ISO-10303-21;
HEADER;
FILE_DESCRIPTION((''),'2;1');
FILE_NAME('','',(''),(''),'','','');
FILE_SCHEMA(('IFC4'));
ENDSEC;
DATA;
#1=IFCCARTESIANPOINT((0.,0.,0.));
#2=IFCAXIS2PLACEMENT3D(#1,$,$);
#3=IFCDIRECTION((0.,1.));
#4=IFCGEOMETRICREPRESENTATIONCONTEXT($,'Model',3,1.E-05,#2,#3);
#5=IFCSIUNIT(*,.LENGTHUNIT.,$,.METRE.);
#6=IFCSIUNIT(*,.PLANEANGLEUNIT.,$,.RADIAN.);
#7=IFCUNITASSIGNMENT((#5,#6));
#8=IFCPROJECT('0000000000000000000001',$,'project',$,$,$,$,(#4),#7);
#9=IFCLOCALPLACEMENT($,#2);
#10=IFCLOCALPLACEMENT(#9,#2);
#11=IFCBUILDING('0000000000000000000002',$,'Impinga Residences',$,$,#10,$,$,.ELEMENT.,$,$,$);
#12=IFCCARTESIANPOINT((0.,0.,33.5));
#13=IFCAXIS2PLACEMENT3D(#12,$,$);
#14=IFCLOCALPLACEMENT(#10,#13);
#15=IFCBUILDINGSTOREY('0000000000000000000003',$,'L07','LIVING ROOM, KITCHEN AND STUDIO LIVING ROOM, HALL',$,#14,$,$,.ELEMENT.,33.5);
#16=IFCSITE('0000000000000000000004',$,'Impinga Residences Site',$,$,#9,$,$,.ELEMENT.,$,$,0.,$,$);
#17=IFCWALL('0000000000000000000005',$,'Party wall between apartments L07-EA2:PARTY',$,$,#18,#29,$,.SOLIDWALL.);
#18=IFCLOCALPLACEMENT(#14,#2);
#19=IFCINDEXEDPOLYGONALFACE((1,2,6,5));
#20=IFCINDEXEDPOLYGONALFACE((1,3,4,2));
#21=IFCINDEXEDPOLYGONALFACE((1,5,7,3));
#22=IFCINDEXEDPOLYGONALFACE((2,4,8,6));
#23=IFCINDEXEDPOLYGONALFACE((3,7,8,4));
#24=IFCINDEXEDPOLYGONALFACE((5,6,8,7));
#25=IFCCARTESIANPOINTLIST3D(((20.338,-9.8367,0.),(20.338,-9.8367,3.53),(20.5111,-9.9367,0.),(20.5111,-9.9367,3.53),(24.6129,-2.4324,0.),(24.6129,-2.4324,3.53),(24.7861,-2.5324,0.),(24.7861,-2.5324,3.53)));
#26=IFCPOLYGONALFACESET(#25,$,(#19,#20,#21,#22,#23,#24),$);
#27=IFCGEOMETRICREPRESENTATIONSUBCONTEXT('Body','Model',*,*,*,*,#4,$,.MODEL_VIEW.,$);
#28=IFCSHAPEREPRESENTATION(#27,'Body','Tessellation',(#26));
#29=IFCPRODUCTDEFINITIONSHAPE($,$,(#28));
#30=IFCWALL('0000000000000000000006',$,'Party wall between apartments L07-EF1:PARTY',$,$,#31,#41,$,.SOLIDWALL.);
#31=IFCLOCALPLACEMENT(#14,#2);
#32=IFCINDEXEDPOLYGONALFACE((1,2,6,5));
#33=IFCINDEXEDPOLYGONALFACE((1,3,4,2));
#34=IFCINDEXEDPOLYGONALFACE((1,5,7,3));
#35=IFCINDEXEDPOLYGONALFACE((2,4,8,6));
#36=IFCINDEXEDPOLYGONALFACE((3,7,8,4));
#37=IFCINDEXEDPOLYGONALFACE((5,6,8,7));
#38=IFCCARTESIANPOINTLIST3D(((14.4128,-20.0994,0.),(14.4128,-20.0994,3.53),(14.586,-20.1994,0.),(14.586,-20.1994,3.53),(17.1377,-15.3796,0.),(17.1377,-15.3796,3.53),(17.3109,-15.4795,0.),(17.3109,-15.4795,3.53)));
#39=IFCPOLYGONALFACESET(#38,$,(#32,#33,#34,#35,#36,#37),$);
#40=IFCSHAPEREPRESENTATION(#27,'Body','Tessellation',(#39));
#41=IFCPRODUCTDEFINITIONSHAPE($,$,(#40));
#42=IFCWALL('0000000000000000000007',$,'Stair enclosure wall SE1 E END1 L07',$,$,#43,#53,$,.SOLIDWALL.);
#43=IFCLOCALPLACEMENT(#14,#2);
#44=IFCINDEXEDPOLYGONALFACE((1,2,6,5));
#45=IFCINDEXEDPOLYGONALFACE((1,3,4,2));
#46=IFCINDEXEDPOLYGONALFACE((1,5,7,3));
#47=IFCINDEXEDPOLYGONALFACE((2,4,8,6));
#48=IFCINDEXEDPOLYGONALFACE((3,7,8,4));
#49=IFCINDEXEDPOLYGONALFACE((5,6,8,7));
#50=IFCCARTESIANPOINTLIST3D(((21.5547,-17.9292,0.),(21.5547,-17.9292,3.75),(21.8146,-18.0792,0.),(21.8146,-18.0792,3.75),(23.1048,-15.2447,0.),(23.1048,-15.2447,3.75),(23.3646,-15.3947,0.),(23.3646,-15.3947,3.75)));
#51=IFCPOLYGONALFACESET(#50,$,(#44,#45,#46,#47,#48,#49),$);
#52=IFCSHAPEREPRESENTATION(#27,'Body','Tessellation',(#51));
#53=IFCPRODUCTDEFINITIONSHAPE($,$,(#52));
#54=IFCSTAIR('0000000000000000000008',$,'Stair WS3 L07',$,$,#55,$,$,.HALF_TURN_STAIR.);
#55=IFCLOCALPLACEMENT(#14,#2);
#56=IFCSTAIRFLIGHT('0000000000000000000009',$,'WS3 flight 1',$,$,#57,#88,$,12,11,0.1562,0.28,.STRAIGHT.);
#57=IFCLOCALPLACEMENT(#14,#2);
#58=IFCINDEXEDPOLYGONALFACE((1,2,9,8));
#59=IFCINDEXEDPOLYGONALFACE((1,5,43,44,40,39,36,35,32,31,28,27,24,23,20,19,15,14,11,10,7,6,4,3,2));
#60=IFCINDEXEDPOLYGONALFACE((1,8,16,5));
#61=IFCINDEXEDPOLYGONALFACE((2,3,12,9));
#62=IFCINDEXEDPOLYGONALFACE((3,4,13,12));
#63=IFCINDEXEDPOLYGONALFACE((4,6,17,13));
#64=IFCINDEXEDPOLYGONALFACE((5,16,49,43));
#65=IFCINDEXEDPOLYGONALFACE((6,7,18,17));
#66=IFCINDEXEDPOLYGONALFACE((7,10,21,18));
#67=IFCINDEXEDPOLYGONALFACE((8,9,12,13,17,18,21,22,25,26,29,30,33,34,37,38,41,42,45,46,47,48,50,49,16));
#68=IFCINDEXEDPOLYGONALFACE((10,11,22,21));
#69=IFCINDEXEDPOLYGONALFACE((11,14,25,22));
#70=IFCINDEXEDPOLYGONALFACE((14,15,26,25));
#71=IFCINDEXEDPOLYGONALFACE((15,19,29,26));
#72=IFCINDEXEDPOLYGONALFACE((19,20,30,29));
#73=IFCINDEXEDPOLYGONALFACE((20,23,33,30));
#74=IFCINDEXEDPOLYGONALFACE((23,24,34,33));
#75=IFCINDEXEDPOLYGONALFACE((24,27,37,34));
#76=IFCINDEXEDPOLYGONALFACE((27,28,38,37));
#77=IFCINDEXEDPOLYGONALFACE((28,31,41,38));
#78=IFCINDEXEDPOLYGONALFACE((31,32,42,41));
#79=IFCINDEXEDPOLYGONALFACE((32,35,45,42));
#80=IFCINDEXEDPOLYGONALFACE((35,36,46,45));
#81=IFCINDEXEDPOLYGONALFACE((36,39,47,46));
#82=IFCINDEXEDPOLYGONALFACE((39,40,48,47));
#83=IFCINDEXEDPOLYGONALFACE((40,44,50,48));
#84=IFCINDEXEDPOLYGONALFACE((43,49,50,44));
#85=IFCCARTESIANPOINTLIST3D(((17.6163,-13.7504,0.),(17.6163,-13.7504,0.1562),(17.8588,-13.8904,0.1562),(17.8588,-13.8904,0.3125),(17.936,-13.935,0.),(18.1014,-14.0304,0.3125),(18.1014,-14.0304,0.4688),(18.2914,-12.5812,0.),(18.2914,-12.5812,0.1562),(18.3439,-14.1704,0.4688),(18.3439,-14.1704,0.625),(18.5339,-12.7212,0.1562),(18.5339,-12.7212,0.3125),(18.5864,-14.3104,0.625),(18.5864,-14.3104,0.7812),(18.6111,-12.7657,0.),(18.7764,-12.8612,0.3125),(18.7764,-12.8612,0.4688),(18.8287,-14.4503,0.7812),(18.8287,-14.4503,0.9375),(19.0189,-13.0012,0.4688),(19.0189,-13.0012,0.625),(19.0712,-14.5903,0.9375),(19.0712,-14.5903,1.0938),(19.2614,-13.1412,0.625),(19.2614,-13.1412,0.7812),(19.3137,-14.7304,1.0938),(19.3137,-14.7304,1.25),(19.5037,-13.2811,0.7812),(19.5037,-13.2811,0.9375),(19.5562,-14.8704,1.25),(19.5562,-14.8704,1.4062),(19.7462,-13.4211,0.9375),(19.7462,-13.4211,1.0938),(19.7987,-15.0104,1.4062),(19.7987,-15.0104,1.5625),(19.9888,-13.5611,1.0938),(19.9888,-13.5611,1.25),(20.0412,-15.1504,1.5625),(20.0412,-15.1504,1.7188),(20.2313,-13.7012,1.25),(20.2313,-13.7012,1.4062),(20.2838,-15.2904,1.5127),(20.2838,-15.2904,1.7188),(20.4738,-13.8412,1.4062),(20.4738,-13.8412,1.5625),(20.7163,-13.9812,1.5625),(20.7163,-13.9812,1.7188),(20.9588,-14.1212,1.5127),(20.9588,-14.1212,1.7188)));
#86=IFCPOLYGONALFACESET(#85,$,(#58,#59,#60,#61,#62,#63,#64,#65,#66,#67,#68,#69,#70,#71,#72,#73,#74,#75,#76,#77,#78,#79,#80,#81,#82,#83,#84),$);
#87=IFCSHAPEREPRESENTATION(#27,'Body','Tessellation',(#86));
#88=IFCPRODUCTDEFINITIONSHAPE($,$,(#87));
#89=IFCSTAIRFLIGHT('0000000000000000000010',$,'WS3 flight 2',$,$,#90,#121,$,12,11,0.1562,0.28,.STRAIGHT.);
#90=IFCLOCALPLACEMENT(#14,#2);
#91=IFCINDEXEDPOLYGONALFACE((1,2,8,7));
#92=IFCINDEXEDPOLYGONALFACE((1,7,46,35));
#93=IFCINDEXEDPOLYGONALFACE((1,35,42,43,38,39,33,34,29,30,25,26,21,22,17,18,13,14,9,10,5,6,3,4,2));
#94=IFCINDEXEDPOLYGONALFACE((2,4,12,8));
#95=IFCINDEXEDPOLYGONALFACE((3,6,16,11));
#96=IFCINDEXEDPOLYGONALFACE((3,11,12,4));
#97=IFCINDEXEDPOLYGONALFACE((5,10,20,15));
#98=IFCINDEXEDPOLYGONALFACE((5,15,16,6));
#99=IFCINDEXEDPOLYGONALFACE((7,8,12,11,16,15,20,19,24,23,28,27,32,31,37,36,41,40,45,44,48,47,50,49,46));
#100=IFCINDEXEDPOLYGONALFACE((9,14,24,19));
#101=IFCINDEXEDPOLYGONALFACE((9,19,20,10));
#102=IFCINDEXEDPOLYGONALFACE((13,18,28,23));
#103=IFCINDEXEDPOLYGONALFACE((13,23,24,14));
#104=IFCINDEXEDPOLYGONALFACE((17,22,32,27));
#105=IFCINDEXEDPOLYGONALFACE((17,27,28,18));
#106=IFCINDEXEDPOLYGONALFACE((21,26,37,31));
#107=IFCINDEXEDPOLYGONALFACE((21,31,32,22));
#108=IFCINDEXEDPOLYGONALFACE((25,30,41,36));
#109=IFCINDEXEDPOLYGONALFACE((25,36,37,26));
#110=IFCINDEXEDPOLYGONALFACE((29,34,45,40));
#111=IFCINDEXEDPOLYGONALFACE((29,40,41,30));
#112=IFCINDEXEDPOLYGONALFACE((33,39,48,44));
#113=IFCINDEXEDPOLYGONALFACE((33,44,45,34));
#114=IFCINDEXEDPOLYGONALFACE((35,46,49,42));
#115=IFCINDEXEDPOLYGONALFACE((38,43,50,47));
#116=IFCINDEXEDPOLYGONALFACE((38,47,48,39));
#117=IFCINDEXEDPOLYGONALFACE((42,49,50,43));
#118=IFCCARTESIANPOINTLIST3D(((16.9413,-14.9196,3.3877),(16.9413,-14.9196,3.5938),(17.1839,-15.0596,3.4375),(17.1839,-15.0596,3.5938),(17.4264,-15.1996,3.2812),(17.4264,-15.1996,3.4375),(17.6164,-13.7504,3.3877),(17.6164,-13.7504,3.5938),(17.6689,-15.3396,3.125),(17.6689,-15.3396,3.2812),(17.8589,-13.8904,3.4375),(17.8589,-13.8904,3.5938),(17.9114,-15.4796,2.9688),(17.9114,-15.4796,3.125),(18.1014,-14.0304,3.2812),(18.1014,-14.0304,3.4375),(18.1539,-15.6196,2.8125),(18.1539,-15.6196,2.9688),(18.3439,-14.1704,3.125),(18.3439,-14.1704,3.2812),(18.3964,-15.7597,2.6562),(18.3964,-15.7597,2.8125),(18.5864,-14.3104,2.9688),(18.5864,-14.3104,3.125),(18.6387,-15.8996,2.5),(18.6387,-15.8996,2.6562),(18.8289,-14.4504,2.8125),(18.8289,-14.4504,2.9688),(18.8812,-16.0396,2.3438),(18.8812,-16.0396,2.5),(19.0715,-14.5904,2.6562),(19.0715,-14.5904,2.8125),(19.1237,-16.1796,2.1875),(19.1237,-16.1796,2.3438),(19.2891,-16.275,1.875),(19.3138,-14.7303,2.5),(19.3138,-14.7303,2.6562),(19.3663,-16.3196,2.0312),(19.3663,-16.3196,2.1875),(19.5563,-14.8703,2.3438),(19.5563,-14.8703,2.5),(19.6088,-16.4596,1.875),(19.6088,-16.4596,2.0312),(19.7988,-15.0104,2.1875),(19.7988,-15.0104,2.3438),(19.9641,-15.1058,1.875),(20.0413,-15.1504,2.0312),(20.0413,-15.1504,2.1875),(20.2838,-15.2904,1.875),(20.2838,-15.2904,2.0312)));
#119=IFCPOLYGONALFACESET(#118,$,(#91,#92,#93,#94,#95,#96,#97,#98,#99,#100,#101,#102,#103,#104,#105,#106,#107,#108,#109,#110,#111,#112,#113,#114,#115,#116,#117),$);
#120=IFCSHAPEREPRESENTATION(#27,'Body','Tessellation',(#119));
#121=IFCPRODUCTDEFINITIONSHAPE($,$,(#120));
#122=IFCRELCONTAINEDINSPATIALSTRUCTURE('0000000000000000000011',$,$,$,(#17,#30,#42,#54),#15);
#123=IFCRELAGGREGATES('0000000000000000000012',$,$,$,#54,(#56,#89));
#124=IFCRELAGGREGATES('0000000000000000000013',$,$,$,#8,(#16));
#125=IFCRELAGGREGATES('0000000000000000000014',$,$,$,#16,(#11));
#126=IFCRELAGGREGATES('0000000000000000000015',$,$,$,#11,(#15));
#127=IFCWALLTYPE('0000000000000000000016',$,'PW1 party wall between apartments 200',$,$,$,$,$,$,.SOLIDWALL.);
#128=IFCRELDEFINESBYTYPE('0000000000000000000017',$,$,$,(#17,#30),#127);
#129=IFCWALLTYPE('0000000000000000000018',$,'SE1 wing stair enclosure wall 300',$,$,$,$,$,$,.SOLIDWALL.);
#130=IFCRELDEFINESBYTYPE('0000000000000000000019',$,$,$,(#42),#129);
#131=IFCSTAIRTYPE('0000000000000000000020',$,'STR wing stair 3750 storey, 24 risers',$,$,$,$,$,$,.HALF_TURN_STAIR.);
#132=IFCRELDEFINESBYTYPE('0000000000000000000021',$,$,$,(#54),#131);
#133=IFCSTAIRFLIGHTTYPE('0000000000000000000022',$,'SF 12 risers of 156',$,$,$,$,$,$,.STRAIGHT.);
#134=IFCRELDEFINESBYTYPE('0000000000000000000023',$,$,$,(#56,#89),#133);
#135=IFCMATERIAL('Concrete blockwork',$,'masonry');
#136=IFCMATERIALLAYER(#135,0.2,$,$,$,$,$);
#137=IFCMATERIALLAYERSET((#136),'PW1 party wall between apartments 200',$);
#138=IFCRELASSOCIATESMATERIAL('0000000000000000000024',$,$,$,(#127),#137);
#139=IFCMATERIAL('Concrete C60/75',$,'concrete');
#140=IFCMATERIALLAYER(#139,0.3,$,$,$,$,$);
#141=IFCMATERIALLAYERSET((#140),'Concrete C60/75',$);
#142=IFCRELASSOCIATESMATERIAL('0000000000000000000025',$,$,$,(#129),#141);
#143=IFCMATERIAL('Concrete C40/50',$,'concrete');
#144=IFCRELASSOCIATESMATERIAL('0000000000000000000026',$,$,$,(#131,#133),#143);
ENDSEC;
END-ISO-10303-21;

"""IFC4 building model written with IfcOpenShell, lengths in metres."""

from ifc_helpers import new_model, si_unit, direction, frame, frame_2d, origin, place, context, subcontext, project, spatial, polyline, rectangle, outline, extrude, material, layer, layer_set, type_object, element, aggregate, save


model = new_model("IFC4")

# Units and contexts
model_context = context("Model", 3, precision=1e-05, world=origin(), true_north=direction((0.0, 1.0)))
body_context = subcontext(model_context, "Body", "Model", "MODEL_VIEW")
ifc_project = project(units=[si_unit("LENGTHUNIT", "METRE"), si_unit("PLANEANGLEUNIT", "RADIAN")], contexts=[model_context])

# Site, building, storey
site_placement = place(None, origin())
site = spatial("IfcSite", under=ifc_project, at=site_placement, Name="Impinga Residences Site", CompositionType="ELEMENT", RefElevation=0.0)
building_placement = place(site_placement, origin())
building = spatial("IfcBuilding", under=site, at=building_placement, Name="Impinga Residences", CompositionType="ELEMENT")
storey_placement = place(building_placement, frame((0.0, 0.0, 33.5)))
storey = spatial("IfcBuildingStorey", under=building, at=storey_placement, Name="L07", Description="LIVING ROOM, KITCHEN AND STUDIO LIVING ROOM, HALL", CompositionType="ELEMENT", Elevation=33.5)

# Shared definitions
ifc_material_1 = material(Name="Concrete C60/75", Category="concrete")

# Walls
ifc_material_2 = material(Name="Concrete blockwork", Category="masonry")
ifc_layer_1 = layer(ifc_material_2, 0.2)
ifc_layer_set_1 = layer_set([ifc_layer_1], Name="PW1 party wall between apartments 200")
wall_type_1 = type_object("IfcWallType", Name="PW1 party wall between apartments 200", PredefinedType="SOLIDWALL", material=ifc_layer_set_1)
wall_1_placement = place(storey_placement, frame((20.4246, -9.8867, 0.0), z_axis=(0.0, 0.0, 1.0), x_axis=(0.500003, 0.866024, 0.0)))
element("IfcWall", 1, at=wall_1_placement, inside=storey, type_object=wall_type_1, Name="Party wall between apartments L07-EA2:PARTY", PredefinedType="SOLIDWALL", context=body_context, shape_type="SweptSolid", body=[
    extrude(rectangle(XDim=8.5498, YDim=0.2, at=frame_2d((4.2749, 0.0))), origin(), (0.0, 0.0, 1.0), 3.53),
])
wall_2_placement = place(storey_placement, frame((17.2244, -15.4294, 0.0), z_axis=(0.0, 0.0, 1.0), x_axis=(-0.499989, -0.866032, 0.0)))
element("IfcWall", 2, at=wall_2_placement, inside=storey, type_object=wall_type_1, Name="Party wall between apartments L07-EF1:PARTY", PredefinedType="SOLIDWALL", context=body_context, shape_type="SweptSolid", body=[
    extrude(rectangle(XDim=5.45, YDim=0.2, at=frame_2d((2.7251, 0.0))), origin(), (0.0, 0.0, 1.0), 3.53),
])
ifc_layer_2 = layer(ifc_material_1, 0.3)
ifc_layer_set_2 = layer_set([ifc_layer_2], Name="Concrete C60/75")
wall_type_2 = type_object("IfcWallType", Name="SE1 wing stair enclosure wall 300", PredefinedType="SOLIDWALL", material=ifc_layer_set_2)
wall_3_placement = place(storey_placement, frame((23.2346, -15.3198, 0.0), z_axis=(0.0, 0.0, 1.0), x_axis=(-0.500027, -0.86601, 0.0)))
element("IfcWall", 3, at=wall_3_placement, inside=storey, type_object=wall_type_2, Name="Stair enclosure wall SE1 E END1 L07", PredefinedType="SOLIDWALL", context=body_context, shape_type="SweptSolid", body=[
    extrude(rectangle(XDim=3.0999, YDim=0.3, at=frame_2d((1.5498, 0.0))), origin(), (0.0, 0.0, 1.0), 3.75),
])

# Stair, stair flights
ifc_material_3 = material(Name="Concrete C40/50", Category="concrete")
stair_type = type_object("IfcStairType", Name="STR wing stair 3750 storey, 24 risers", PredefinedType="HALF_TURN_STAIR", material=ifc_material_3)
stair_placement = place(storey_placement, origin())
stair = element("IfcStair", 4, at=stair_placement, inside=storey, type_object=stair_type, Name="Stair WS3 L07", PredefinedType="HALF_TURN_STAIR")
stair_flight_type = type_object("IfcStairFlightType", Name="SF 12 risers of 156", PredefinedType="STRAIGHT", material=ifc_material_3)
stair_flight_1_placement = place(storey_placement, frame((17.9539, -13.1658, 0.0), z_axis=(0.0, 0.0, 1.0), x_axis=(0.866025, -0.5, 0.0)))
stair_flight_1 = element("IfcStairFlight", 5, at=stair_flight_1_placement, type_object=stair_flight_type, Name="WS3 flight 1", NumberOfRisers=12, NumberOfTreads=11, PredefinedType="STRAIGHT", RiserHeight=0.1562, TreadLength=0.28, context=body_context, shape_type="SweptSolid", body=[
    extrude(outline(polyline([(0.0, 0.0), (0.0, 0.1562), (0.28, 0.1562), (0.28, 0.3125), (0.5601, 0.3125), (0.5601, 0.4688), (0.8401, 0.4688), (0.8401, 0.625), (1.1201, 0.625), (1.1201, 0.7812), (1.3999, 0.7812), (1.3999, 0.9375), (1.6799, 0.9375), (1.6799, 1.0938), (1.96, 1.0938), (1.96, 1.25), (2.24, 1.25), (2.24, 1.4062), (2.52, 1.4062), (2.52, 1.5625), (2.8, 1.5625), (2.8, 1.7188), (3.0801, 1.7188), (3.0801, 1.875), (3.0801, 1.5127), (0.3691, 0.0), (0.0, 0.0)])), frame((0.0, 0.675, 0.0), z_axis=(0.0, -1.0, 0.0), x_axis=(1.0, 0.0, 0.0)), (0.0, 0.0, 1.0), 1.3501),
])
stair_flight_2_placement = place(storey_placement, frame((19.9463, -15.875, 1.875), z_axis=(0.0, 0.0, 1.0), x_axis=(-0.866025, 0.5, 0.0)))
stair_flight_2 = element("IfcStairFlight", 6, at=stair_flight_2_placement, type_object=stair_flight_type, Name="WS3 flight 2", NumberOfRisers=12, NumberOfTreads=11, PredefinedType="STRAIGHT", RiserHeight=0.1562, TreadLength=0.28, context=body_context, shape_type="SweptSolid", body=[
    extrude(outline(polyline([(0.0, 0.0), (0.0, 0.1562), (0.28, 0.1562), (0.28, 0.3125), (0.5601, 0.3125), (0.5601, 0.4688), (0.8401, 0.4688), (0.8401, 0.625), (1.1201, 0.625), (1.1201, 0.7812), (1.3999, 0.7812), (1.3999, 0.9375), (1.6799, 0.9375), (1.6799, 1.0938), (1.96, 1.0938), (1.96, 1.25), (2.24, 1.25), (2.24, 1.4062), (2.52, 1.4062), (2.52, 1.5625), (2.8, 1.5625), (2.8, 1.7188), (3.0801, 1.7188), (3.0801, 1.875), (3.0801, 1.5127), (0.3691, 0.0), (0.0, 0.0)])), frame((0.0, 0.675, 0.0), z_axis=(0.0, -1.0, 0.0), x_axis=(1.0, 0.0, 0.0)), (0.0, 0.0, 1.0), 1.3501),
])
aggregate(stair, [stair_flight_1, stair_flight_2])

save(model, "model.ifc")
